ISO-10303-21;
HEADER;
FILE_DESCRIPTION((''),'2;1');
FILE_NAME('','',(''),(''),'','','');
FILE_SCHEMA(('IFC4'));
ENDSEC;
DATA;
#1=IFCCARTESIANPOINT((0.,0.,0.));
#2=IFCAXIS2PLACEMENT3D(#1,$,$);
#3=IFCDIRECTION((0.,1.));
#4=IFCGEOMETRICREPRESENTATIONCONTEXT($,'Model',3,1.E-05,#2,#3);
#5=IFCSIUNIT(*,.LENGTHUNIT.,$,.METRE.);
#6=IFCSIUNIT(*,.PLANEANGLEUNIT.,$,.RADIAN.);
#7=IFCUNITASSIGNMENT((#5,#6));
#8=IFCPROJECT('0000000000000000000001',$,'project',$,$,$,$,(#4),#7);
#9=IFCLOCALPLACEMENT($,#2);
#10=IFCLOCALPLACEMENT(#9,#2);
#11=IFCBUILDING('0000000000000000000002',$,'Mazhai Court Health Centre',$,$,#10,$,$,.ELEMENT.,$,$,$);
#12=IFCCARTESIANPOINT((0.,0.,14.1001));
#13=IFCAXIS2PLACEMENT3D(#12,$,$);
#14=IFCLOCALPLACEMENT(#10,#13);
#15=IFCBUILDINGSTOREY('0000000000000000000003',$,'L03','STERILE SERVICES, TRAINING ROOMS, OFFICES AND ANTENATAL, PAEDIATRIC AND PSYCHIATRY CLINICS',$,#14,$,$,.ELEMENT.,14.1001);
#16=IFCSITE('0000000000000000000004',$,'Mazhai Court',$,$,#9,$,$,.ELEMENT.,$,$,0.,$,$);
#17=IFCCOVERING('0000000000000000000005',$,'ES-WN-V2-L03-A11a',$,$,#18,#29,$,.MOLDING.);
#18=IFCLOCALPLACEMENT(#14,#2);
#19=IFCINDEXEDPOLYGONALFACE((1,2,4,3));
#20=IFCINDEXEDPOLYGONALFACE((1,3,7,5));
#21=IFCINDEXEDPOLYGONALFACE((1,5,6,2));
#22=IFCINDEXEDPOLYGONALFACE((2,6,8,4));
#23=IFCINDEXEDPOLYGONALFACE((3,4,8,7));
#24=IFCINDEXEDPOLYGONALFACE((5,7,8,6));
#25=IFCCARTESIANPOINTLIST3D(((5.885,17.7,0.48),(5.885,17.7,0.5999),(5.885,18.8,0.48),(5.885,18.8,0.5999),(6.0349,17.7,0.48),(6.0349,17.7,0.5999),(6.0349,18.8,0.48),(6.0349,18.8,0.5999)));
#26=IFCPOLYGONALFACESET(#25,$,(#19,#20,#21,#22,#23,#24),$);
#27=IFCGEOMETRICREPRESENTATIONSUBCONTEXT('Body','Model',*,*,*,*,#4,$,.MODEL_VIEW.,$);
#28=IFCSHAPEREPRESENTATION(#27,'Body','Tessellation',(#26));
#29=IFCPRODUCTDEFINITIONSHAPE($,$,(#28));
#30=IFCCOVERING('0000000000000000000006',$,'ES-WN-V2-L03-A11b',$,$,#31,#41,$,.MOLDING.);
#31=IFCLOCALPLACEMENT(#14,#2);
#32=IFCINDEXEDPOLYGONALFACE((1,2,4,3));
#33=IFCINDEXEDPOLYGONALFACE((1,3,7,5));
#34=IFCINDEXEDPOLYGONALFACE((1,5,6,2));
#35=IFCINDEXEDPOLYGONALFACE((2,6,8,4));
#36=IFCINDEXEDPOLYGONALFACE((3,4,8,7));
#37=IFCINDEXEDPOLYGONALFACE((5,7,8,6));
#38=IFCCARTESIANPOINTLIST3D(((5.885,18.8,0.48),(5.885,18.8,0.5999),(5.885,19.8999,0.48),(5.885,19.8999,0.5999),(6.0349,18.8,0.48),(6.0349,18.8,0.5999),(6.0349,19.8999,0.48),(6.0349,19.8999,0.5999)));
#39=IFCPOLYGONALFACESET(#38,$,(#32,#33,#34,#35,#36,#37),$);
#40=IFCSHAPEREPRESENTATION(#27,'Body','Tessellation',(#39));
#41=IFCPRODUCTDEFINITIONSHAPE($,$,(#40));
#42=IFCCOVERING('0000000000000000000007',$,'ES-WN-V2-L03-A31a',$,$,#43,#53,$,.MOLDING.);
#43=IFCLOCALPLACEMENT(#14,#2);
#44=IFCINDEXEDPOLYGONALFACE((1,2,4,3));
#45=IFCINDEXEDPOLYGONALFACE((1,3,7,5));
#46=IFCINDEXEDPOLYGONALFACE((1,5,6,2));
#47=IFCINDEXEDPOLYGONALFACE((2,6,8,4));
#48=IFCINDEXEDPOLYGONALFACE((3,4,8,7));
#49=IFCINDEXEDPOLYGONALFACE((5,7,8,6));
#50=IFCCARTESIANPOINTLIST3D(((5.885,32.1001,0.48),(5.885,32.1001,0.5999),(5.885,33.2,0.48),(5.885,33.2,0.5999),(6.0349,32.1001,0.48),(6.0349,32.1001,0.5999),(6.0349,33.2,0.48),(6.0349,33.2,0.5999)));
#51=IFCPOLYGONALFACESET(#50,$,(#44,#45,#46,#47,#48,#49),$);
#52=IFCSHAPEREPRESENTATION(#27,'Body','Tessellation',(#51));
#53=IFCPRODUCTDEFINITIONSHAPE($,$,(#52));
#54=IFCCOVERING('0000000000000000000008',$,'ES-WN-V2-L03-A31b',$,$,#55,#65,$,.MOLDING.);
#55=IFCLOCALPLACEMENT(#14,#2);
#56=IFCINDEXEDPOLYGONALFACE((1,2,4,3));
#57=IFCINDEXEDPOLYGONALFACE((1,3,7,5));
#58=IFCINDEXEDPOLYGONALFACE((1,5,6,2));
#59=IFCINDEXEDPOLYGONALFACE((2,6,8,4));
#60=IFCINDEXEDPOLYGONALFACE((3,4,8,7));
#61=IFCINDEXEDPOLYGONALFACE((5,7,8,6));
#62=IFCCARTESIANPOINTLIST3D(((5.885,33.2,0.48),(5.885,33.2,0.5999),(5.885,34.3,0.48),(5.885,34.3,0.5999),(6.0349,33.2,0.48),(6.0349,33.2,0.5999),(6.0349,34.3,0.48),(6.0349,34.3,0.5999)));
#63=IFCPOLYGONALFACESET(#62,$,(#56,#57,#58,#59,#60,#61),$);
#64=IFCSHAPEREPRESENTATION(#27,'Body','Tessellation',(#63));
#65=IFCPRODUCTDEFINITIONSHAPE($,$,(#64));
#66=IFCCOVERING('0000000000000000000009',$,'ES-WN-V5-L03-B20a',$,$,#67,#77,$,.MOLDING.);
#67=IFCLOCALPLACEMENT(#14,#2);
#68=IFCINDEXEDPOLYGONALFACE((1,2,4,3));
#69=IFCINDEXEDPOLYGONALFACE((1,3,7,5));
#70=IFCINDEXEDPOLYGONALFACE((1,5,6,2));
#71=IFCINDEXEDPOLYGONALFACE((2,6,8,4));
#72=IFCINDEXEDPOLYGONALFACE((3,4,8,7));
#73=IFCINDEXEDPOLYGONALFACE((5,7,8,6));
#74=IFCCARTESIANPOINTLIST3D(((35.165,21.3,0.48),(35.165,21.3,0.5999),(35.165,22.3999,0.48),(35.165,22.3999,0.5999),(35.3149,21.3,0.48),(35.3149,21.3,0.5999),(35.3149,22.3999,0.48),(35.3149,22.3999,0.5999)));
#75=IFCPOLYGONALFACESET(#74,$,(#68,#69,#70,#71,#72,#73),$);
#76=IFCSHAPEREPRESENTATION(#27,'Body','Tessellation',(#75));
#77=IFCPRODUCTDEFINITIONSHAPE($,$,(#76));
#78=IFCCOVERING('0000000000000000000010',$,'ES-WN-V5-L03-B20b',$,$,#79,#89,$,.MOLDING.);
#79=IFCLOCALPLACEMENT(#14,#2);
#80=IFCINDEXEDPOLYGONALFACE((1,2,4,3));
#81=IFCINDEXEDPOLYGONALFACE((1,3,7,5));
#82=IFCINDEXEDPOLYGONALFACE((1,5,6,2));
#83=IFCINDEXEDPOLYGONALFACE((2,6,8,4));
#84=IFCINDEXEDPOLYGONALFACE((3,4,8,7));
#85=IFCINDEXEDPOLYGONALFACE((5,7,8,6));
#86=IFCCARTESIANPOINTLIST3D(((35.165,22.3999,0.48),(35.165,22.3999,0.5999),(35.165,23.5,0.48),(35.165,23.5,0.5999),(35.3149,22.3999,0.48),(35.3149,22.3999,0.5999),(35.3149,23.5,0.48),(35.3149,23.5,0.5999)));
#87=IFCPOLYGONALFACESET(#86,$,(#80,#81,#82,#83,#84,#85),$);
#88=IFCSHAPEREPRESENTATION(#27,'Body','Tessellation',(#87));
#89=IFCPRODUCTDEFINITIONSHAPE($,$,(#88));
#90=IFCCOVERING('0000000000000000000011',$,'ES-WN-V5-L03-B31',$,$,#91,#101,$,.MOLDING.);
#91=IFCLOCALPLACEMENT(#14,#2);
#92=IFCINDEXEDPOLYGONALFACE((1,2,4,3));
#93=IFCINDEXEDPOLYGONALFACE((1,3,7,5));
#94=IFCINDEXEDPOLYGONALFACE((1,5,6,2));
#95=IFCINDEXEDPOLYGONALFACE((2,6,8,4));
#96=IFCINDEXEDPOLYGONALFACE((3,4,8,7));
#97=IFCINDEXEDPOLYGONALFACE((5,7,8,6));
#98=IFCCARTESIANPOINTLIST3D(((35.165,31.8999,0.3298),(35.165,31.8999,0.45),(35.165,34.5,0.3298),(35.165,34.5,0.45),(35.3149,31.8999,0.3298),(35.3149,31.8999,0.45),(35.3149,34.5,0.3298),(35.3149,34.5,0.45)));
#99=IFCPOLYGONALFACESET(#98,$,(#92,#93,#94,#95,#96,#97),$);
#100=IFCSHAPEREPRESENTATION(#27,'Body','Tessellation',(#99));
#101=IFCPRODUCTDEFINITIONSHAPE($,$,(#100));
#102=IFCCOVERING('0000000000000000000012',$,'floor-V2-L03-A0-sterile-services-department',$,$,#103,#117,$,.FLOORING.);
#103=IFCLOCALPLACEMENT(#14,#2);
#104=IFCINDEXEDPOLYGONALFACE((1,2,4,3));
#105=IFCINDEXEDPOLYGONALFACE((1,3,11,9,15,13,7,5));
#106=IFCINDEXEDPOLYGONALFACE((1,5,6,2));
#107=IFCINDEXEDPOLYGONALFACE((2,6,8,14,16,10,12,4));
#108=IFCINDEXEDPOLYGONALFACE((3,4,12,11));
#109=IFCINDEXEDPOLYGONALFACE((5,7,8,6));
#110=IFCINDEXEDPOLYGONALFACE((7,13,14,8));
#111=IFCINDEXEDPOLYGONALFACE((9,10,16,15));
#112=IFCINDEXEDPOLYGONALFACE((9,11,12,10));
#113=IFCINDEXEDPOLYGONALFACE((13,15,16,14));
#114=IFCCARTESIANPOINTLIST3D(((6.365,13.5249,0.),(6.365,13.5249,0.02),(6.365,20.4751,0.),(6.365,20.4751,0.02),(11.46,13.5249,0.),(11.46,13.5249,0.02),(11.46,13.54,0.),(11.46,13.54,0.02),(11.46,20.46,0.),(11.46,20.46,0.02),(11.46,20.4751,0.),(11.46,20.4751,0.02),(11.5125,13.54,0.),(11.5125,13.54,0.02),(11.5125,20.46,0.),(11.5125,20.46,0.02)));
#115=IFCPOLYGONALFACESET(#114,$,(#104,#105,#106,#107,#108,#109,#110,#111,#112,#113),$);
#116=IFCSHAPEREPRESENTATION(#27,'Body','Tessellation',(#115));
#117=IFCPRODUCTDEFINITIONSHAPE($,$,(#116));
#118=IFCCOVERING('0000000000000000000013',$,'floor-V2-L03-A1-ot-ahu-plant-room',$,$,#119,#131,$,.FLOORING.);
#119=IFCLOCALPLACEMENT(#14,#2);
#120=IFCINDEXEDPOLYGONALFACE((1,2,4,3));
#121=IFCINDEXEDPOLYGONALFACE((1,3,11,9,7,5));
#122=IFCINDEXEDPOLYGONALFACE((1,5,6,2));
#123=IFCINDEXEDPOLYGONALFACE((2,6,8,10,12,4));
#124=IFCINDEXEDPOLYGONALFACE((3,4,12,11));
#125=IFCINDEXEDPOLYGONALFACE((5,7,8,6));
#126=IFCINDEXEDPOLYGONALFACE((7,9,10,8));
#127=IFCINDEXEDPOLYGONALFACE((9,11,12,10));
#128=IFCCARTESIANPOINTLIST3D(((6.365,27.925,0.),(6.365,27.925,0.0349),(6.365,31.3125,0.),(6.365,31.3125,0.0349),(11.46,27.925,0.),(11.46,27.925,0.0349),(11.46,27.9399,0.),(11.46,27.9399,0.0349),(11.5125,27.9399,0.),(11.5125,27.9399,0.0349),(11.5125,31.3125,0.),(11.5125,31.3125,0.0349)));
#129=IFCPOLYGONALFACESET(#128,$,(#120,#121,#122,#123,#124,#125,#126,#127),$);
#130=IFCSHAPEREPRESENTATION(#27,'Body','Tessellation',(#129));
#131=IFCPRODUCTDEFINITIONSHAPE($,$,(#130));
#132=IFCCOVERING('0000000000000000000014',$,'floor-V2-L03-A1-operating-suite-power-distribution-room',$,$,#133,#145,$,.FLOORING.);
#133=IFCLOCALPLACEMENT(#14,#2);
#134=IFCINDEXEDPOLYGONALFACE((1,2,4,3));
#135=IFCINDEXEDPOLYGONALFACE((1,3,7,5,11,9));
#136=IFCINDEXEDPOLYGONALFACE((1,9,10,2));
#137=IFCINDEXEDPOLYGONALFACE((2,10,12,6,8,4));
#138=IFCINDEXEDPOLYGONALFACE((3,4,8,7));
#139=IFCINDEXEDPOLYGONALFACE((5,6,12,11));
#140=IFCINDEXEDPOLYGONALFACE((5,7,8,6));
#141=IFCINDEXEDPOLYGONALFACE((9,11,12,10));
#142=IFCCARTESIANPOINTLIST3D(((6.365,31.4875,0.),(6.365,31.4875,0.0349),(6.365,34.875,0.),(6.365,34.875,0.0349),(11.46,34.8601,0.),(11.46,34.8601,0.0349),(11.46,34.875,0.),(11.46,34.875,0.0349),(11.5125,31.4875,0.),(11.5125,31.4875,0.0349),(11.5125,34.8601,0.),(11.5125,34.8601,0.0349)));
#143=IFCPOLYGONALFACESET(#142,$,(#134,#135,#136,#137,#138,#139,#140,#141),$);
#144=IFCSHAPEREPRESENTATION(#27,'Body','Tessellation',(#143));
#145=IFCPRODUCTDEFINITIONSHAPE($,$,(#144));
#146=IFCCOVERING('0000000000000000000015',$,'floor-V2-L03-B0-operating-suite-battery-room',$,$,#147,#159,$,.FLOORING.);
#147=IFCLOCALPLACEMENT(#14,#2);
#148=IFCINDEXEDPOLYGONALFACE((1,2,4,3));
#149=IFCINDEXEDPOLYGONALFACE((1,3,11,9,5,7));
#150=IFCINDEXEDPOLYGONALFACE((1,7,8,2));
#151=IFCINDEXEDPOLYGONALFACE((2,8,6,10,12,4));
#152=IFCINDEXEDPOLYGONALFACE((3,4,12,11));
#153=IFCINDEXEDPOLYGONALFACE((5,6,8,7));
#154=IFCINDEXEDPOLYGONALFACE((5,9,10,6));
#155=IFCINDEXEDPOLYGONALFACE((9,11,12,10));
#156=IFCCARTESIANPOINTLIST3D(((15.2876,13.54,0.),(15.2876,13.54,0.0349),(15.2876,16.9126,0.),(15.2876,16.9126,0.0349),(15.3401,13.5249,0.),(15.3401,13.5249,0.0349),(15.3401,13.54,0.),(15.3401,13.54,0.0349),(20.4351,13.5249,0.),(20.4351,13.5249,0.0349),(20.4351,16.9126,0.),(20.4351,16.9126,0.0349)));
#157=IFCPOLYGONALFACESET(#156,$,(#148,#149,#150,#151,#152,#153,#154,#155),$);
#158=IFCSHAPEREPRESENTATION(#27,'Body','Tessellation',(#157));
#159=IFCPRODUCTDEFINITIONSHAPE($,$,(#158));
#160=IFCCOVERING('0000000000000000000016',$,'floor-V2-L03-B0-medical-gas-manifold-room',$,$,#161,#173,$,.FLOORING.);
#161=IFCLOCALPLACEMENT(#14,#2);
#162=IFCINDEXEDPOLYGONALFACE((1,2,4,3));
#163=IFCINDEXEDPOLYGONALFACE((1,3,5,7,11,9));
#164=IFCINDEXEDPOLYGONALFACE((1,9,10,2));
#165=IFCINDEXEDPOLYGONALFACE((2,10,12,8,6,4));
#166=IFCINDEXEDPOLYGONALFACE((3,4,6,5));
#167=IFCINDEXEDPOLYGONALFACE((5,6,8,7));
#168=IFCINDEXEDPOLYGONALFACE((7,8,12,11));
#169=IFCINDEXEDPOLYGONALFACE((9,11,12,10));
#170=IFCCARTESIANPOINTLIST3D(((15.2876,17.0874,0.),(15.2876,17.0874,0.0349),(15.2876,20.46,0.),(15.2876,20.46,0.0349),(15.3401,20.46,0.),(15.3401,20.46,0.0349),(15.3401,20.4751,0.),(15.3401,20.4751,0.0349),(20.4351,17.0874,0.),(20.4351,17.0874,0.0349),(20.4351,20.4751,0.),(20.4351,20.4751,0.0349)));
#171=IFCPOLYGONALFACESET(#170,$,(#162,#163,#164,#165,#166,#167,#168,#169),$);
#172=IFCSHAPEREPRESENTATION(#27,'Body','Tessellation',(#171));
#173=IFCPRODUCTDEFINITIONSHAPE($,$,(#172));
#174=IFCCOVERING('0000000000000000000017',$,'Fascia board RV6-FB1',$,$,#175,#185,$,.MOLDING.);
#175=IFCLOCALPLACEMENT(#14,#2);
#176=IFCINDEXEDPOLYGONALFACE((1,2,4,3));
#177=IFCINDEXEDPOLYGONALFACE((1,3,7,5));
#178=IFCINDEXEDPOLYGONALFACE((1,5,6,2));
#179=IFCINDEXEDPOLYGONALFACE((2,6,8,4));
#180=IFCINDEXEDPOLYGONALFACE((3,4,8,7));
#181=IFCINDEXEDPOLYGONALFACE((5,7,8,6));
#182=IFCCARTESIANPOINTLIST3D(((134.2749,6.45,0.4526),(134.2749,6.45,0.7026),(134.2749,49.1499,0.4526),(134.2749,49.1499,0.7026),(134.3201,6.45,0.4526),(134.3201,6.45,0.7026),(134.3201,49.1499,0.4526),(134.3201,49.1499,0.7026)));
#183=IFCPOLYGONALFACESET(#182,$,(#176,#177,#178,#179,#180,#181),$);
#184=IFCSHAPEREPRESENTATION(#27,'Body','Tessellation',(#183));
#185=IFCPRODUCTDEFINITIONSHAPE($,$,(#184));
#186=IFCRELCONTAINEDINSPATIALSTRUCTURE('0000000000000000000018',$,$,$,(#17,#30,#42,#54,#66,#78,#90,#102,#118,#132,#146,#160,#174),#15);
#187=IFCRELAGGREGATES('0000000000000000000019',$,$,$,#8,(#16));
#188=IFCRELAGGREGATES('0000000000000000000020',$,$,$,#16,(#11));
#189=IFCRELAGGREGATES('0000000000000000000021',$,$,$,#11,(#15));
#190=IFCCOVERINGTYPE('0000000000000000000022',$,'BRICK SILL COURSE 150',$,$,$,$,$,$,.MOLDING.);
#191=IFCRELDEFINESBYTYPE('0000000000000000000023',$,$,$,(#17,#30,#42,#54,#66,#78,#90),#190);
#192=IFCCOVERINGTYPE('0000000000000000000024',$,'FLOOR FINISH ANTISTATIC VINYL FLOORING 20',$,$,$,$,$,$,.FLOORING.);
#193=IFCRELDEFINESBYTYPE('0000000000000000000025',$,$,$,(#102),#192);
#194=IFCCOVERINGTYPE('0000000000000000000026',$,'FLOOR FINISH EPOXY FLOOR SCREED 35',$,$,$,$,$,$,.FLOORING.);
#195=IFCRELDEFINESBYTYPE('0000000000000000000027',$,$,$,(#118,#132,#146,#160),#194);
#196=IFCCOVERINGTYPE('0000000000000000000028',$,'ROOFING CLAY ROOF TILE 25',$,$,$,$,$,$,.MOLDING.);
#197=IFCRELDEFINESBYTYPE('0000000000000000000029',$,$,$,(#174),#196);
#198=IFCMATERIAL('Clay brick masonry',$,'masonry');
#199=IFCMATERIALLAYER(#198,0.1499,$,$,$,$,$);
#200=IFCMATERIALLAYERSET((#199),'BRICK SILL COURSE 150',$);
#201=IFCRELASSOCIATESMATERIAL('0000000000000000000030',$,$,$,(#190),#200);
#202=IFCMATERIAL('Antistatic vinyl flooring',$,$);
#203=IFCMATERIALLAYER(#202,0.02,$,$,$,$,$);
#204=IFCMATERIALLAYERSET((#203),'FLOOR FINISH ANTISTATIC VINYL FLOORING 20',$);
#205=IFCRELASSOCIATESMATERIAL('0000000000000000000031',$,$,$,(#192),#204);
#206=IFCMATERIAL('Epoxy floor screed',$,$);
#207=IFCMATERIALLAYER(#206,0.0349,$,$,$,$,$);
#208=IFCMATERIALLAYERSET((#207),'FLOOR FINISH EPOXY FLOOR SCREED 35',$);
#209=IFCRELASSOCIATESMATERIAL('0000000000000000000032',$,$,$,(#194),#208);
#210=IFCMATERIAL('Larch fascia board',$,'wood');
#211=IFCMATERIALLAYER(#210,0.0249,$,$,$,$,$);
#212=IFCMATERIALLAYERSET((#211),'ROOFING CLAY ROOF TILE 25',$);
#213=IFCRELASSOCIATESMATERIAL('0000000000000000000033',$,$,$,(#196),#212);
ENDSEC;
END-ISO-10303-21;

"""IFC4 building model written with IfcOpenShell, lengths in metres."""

from ifc_helpers import new_model, si_unit, direction, frame, origin, place, context, subcontext, project, spatial, polyline, outline, extrude, material, layer, layer_set, type_object, element, save


model = new_model("IFC4")

# Units and contexts
model_context = context("Model", 3, precision=1e-05, world=origin(), true_north=direction((0.0, 1.0)))
body_context = subcontext(model_context, "Body", "Model", "MODEL_VIEW")
ifc_project = project(units=[si_unit("LENGTHUNIT", "METRE"), si_unit("PLANEANGLEUNIT", "RADIAN")], contexts=[model_context])

# Site, building, storey
site_placement = place(None, origin())
site = spatial("IfcSite", under=ifc_project, at=site_placement, Name="Mazhai Court", CompositionType="ELEMENT", RefElevation=0.0)
building_placement = place(site_placement, origin())
building = spatial("IfcBuilding", under=site, at=building_placement, Name="Mazhai Court Health Centre", CompositionType="ELEMENT")
storey_placement = place(building_placement, frame((0.0, 0.0, 14.1001)))
storey = spatial("IfcBuildingStorey", under=building, at=storey_placement, Name="L03", Description="STERILE SERVICES, TRAINING ROOMS, OFFICES AND ANTENATAL, PAEDIATRIC AND PSYCHIATRY CLINICS", CompositionType="ELEMENT", Elevation=14.1001)

# Coverings
ifc_material_1 = material(Name="Clay brick masonry", Category="masonry")
ifc_layer_1 = layer(ifc_material_1, 0.1499)
ifc_layer_set_1 = layer_set([ifc_layer_1], Name="BRICK SILL COURSE 150")
covering_type_1 = type_object("IfcCoveringType", Name="BRICK SILL COURSE 150", PredefinedType="MOLDING", material=ifc_layer_set_1)
covering_1_placement = place(storey_placement, frame((0.0, 0.0, 0.48)))
element("IfcCovering", 1, at=covering_1_placement, inside=storey, type_object=covering_type_1, Name="ES-WN-V2-L03-A11a", PredefinedType="MOLDING", context=body_context, shape_type="SweptSolid", body=[
    extrude(outline(polyline([(6.0349, 17.7), (6.0349, 18.8), (5.885, 18.8), (5.885, 17.7), (6.0349, 17.7)])), origin(), (0.0, 0.0, 1.0), 0.1199),
])
covering_2_placement = place(storey_placement, frame((0.0, 0.0, 0.48)))
element("IfcCovering", 2, at=covering_2_placement, inside=storey, type_object=covering_type_1, Name="ES-WN-V2-L03-A11b", PredefinedType="MOLDING", context=body_context, shape_type="SweptSolid", body=[
    extrude(outline(polyline([(6.0349, 18.8), (6.0349, 19.8999), (5.885, 19.8999), (5.885, 18.8), (6.0349, 18.8)])), origin(), (0.0, 0.0, 1.0), 0.1199),
])
covering_3_placement = place(storey_placement, frame((0.0, 0.0, 0.48)))
element("IfcCovering", 3, at=covering_3_placement, inside=storey, type_object=covering_type_1, Name="ES-WN-V2-L03-A31a", PredefinedType="MOLDING", context=body_context, shape_type="SweptSolid", body=[
    extrude(outline(polyline([(6.0349, 32.1001), (6.0349, 33.2), (5.885, 33.2), (5.885, 32.1001), (6.0349, 32.1001)])), origin(), (0.0, 0.0, 1.0), 0.1199),
])
covering_4_placement = place(storey_placement, frame((0.0, 0.0, 0.48)))
element("IfcCovering", 4, at=covering_4_placement, inside=storey, type_object=covering_type_1, Name="ES-WN-V2-L03-A31b", PredefinedType="MOLDING", context=body_context, shape_type="SweptSolid", body=[
    extrude(outline(polyline([(6.0349, 33.2), (6.0349, 34.3), (5.885, 34.3), (5.885, 33.2), (6.0349, 33.2)])), origin(), (0.0, 0.0, 1.0), 0.1199),
])
covering_5_placement = place(storey_placement, frame((0.0, 0.0, 0.48)))
element("IfcCovering", 5, at=covering_5_placement, inside=storey, type_object=covering_type_1, Name="ES-WN-V5-L03-B20a", PredefinedType="MOLDING", context=body_context, shape_type="SweptSolid", body=[
    extrude(outline(polyline([(35.165, 22.3999), (35.165, 21.3), (35.3149, 21.3), (35.3149, 22.3999), (35.165, 22.3999)])), origin(), (0.0, 0.0, 1.0), 0.1199),
])
covering_6_placement = place(storey_placement, frame((0.0, 0.0, 0.48)))
element("IfcCovering", 6, at=covering_6_placement, inside=storey, type_object=covering_type_1, Name="ES-WN-V5-L03-B20b", PredefinedType="MOLDING", context=body_context, shape_type="SweptSolid", body=[
    extrude(outline(polyline([(35.165, 23.5), (35.165, 22.3999), (35.3149, 22.3999), (35.3149, 23.5), (35.165, 23.5)])), origin(), (0.0, 0.0, 1.0), 0.1199),
])
covering_7_placement = place(storey_placement, frame((0.0, 0.0, 0.3298)))
element("IfcCovering", 7, at=covering_7_placement, inside=storey, type_object=covering_type_1, Name="ES-WN-V5-L03-B31", PredefinedType="MOLDING", context=body_context, shape_type="SweptSolid", body=[
    extrude(outline(polyline([(35.165, 34.5), (35.165, 31.8999), (35.3149, 31.8999), (35.3149, 34.5), (35.165, 34.5)])), origin(), (0.0, 0.0, 1.0), 0.1201),
])
ifc_material_2 = material(Name="Antistatic vinyl flooring")
ifc_layer_2 = layer(ifc_material_2, 0.02)
ifc_layer_set_2 = layer_set([ifc_layer_2], Name="FLOOR FINISH ANTISTATIC VINYL FLOORING 20")
covering_type_2 = type_object("IfcCoveringType", Name="FLOOR FINISH ANTISTATIC VINYL FLOORING 20", PredefinedType="FLOORING", material=ifc_layer_set_2)
covering_8_placement = place(storey_placement, origin())
element("IfcCovering", 8, at=covering_8_placement, inside=storey, type_object=covering_type_2, Name="floor-V2-L03-A0-sterile-services-department", PredefinedType="FLOORING", context=body_context, shape_type="SweptSolid", body=[
    extrude(outline(polyline([(11.5125, 20.46), (11.46, 20.46), (11.46, 20.4751), (6.365, 20.4751), (6.365, 13.5249), (11.46, 13.5249), (11.46, 13.54), (11.5125, 13.54), (11.5125, 20.46)])), origin(), (0.0, 0.0, 1.0), 0.02),
])
ifc_material_3 = material(Name="Epoxy floor screed")
ifc_layer_3 = layer(ifc_material_3, 0.0349)
ifc_layer_set_3 = layer_set([ifc_layer_3], Name="FLOOR FINISH EPOXY FLOOR SCREED 35")
covering_type_3 = type_object("IfcCoveringType", Name="FLOOR FINISH EPOXY FLOOR SCREED 35", PredefinedType="FLOORING", material=ifc_layer_set_3)
covering_9_placement = place(storey_placement, origin())
element("IfcCovering", 9, at=covering_9_placement, inside=storey, type_object=covering_type_3, Name="floor-V2-L03-A1-ot-ahu-plant-room", PredefinedType="FLOORING", context=body_context, shape_type="SweptSolid", body=[
    extrude(outline(polyline([(11.46, 27.925), (11.46, 27.9399), (11.5125, 27.9399), (11.5125, 31.3125), (6.365, 31.3125), (6.365, 27.925), (11.46, 27.925)])), origin(), (0.0, 0.0, 1.0), 0.0349),
])
covering_10_placement = place(storey_placement, origin())
element("IfcCovering", 10, at=covering_10_placement, inside=storey, type_object=covering_type_3, Name="floor-V2-L03-A1-operating-suite-power-distribution-room", PredefinedType="FLOORING", context=body_context, shape_type="SweptSolid", body=[
    extrude(outline(polyline([(11.5125, 34.8601), (11.46, 34.8601), (11.46, 34.875), (6.365, 34.875), (6.365, 31.4875), (11.5125, 31.4875), (11.5125, 34.8601)])), origin(), (0.0, 0.0, 1.0), 0.0349),
])
covering_11_placement = place(storey_placement, origin())
element("IfcCovering", 11, at=covering_11_placement, inside=storey, type_object=covering_type_3, Name="floor-V2-L03-B0-operating-suite-battery-room", PredefinedType="FLOORING", context=body_context, shape_type="SweptSolid", body=[
    extrude(outline(polyline([(15.2876, 13.54), (15.3401, 13.54), (15.3401, 13.5249), (20.4351, 13.5249), (20.4351, 16.9126), (15.2876, 16.9126), (15.2876, 13.54)])), origin(), (0.0, 0.0, 1.0), 0.0349),
])
covering_12_placement = place(storey_placement, origin())
element("IfcCovering", 12, at=covering_12_placement, inside=storey, type_object=covering_type_3, Name="floor-V2-L03-B0-medical-gas-manifold-room", PredefinedType="FLOORING", context=body_context, shape_type="SweptSolid", body=[
    extrude(outline(polyline([(15.3401, 20.4751), (15.3401, 20.46), (15.2876, 20.46), (15.2876, 17.0874), (20.4351, 17.0874), (20.4351, 20.4751), (15.3401, 20.4751)])), origin(), (0.0, 0.0, 1.0), 0.0349),
])
ifc_material_4 = material(Name="Larch fascia board", Category="wood")
ifc_layer_4 = layer(ifc_material_4, 0.0249)
ifc_layer_set_4 = layer_set([ifc_layer_4], Name="ROOFING CLAY ROOF TILE 25")
covering_type_4 = type_object("IfcCoveringType", Name="ROOFING CLAY ROOF TILE 25", PredefinedType="MOLDING", material=ifc_layer_set_4)
covering_13_placement = place(storey_placement, frame((0.0, 0.0, 0.4526)))
element("IfcCovering", 13, at=covering_13_placement, inside=storey, type_object=covering_type_4, Name="Fascia board RV6-FB1", PredefinedType="MOLDING", context=body_context, shape_type="SweptSolid", body=[
    extrude(outline(polyline([(134.3201, 6.45), (134.3201, 49.1499), (134.2749, 49.1499), (134.2749, 6.45), (134.3201, 6.45)])), origin(), (0.0, 0.0, 1.0), 0.25),
])

save(model, "model.ifc")
